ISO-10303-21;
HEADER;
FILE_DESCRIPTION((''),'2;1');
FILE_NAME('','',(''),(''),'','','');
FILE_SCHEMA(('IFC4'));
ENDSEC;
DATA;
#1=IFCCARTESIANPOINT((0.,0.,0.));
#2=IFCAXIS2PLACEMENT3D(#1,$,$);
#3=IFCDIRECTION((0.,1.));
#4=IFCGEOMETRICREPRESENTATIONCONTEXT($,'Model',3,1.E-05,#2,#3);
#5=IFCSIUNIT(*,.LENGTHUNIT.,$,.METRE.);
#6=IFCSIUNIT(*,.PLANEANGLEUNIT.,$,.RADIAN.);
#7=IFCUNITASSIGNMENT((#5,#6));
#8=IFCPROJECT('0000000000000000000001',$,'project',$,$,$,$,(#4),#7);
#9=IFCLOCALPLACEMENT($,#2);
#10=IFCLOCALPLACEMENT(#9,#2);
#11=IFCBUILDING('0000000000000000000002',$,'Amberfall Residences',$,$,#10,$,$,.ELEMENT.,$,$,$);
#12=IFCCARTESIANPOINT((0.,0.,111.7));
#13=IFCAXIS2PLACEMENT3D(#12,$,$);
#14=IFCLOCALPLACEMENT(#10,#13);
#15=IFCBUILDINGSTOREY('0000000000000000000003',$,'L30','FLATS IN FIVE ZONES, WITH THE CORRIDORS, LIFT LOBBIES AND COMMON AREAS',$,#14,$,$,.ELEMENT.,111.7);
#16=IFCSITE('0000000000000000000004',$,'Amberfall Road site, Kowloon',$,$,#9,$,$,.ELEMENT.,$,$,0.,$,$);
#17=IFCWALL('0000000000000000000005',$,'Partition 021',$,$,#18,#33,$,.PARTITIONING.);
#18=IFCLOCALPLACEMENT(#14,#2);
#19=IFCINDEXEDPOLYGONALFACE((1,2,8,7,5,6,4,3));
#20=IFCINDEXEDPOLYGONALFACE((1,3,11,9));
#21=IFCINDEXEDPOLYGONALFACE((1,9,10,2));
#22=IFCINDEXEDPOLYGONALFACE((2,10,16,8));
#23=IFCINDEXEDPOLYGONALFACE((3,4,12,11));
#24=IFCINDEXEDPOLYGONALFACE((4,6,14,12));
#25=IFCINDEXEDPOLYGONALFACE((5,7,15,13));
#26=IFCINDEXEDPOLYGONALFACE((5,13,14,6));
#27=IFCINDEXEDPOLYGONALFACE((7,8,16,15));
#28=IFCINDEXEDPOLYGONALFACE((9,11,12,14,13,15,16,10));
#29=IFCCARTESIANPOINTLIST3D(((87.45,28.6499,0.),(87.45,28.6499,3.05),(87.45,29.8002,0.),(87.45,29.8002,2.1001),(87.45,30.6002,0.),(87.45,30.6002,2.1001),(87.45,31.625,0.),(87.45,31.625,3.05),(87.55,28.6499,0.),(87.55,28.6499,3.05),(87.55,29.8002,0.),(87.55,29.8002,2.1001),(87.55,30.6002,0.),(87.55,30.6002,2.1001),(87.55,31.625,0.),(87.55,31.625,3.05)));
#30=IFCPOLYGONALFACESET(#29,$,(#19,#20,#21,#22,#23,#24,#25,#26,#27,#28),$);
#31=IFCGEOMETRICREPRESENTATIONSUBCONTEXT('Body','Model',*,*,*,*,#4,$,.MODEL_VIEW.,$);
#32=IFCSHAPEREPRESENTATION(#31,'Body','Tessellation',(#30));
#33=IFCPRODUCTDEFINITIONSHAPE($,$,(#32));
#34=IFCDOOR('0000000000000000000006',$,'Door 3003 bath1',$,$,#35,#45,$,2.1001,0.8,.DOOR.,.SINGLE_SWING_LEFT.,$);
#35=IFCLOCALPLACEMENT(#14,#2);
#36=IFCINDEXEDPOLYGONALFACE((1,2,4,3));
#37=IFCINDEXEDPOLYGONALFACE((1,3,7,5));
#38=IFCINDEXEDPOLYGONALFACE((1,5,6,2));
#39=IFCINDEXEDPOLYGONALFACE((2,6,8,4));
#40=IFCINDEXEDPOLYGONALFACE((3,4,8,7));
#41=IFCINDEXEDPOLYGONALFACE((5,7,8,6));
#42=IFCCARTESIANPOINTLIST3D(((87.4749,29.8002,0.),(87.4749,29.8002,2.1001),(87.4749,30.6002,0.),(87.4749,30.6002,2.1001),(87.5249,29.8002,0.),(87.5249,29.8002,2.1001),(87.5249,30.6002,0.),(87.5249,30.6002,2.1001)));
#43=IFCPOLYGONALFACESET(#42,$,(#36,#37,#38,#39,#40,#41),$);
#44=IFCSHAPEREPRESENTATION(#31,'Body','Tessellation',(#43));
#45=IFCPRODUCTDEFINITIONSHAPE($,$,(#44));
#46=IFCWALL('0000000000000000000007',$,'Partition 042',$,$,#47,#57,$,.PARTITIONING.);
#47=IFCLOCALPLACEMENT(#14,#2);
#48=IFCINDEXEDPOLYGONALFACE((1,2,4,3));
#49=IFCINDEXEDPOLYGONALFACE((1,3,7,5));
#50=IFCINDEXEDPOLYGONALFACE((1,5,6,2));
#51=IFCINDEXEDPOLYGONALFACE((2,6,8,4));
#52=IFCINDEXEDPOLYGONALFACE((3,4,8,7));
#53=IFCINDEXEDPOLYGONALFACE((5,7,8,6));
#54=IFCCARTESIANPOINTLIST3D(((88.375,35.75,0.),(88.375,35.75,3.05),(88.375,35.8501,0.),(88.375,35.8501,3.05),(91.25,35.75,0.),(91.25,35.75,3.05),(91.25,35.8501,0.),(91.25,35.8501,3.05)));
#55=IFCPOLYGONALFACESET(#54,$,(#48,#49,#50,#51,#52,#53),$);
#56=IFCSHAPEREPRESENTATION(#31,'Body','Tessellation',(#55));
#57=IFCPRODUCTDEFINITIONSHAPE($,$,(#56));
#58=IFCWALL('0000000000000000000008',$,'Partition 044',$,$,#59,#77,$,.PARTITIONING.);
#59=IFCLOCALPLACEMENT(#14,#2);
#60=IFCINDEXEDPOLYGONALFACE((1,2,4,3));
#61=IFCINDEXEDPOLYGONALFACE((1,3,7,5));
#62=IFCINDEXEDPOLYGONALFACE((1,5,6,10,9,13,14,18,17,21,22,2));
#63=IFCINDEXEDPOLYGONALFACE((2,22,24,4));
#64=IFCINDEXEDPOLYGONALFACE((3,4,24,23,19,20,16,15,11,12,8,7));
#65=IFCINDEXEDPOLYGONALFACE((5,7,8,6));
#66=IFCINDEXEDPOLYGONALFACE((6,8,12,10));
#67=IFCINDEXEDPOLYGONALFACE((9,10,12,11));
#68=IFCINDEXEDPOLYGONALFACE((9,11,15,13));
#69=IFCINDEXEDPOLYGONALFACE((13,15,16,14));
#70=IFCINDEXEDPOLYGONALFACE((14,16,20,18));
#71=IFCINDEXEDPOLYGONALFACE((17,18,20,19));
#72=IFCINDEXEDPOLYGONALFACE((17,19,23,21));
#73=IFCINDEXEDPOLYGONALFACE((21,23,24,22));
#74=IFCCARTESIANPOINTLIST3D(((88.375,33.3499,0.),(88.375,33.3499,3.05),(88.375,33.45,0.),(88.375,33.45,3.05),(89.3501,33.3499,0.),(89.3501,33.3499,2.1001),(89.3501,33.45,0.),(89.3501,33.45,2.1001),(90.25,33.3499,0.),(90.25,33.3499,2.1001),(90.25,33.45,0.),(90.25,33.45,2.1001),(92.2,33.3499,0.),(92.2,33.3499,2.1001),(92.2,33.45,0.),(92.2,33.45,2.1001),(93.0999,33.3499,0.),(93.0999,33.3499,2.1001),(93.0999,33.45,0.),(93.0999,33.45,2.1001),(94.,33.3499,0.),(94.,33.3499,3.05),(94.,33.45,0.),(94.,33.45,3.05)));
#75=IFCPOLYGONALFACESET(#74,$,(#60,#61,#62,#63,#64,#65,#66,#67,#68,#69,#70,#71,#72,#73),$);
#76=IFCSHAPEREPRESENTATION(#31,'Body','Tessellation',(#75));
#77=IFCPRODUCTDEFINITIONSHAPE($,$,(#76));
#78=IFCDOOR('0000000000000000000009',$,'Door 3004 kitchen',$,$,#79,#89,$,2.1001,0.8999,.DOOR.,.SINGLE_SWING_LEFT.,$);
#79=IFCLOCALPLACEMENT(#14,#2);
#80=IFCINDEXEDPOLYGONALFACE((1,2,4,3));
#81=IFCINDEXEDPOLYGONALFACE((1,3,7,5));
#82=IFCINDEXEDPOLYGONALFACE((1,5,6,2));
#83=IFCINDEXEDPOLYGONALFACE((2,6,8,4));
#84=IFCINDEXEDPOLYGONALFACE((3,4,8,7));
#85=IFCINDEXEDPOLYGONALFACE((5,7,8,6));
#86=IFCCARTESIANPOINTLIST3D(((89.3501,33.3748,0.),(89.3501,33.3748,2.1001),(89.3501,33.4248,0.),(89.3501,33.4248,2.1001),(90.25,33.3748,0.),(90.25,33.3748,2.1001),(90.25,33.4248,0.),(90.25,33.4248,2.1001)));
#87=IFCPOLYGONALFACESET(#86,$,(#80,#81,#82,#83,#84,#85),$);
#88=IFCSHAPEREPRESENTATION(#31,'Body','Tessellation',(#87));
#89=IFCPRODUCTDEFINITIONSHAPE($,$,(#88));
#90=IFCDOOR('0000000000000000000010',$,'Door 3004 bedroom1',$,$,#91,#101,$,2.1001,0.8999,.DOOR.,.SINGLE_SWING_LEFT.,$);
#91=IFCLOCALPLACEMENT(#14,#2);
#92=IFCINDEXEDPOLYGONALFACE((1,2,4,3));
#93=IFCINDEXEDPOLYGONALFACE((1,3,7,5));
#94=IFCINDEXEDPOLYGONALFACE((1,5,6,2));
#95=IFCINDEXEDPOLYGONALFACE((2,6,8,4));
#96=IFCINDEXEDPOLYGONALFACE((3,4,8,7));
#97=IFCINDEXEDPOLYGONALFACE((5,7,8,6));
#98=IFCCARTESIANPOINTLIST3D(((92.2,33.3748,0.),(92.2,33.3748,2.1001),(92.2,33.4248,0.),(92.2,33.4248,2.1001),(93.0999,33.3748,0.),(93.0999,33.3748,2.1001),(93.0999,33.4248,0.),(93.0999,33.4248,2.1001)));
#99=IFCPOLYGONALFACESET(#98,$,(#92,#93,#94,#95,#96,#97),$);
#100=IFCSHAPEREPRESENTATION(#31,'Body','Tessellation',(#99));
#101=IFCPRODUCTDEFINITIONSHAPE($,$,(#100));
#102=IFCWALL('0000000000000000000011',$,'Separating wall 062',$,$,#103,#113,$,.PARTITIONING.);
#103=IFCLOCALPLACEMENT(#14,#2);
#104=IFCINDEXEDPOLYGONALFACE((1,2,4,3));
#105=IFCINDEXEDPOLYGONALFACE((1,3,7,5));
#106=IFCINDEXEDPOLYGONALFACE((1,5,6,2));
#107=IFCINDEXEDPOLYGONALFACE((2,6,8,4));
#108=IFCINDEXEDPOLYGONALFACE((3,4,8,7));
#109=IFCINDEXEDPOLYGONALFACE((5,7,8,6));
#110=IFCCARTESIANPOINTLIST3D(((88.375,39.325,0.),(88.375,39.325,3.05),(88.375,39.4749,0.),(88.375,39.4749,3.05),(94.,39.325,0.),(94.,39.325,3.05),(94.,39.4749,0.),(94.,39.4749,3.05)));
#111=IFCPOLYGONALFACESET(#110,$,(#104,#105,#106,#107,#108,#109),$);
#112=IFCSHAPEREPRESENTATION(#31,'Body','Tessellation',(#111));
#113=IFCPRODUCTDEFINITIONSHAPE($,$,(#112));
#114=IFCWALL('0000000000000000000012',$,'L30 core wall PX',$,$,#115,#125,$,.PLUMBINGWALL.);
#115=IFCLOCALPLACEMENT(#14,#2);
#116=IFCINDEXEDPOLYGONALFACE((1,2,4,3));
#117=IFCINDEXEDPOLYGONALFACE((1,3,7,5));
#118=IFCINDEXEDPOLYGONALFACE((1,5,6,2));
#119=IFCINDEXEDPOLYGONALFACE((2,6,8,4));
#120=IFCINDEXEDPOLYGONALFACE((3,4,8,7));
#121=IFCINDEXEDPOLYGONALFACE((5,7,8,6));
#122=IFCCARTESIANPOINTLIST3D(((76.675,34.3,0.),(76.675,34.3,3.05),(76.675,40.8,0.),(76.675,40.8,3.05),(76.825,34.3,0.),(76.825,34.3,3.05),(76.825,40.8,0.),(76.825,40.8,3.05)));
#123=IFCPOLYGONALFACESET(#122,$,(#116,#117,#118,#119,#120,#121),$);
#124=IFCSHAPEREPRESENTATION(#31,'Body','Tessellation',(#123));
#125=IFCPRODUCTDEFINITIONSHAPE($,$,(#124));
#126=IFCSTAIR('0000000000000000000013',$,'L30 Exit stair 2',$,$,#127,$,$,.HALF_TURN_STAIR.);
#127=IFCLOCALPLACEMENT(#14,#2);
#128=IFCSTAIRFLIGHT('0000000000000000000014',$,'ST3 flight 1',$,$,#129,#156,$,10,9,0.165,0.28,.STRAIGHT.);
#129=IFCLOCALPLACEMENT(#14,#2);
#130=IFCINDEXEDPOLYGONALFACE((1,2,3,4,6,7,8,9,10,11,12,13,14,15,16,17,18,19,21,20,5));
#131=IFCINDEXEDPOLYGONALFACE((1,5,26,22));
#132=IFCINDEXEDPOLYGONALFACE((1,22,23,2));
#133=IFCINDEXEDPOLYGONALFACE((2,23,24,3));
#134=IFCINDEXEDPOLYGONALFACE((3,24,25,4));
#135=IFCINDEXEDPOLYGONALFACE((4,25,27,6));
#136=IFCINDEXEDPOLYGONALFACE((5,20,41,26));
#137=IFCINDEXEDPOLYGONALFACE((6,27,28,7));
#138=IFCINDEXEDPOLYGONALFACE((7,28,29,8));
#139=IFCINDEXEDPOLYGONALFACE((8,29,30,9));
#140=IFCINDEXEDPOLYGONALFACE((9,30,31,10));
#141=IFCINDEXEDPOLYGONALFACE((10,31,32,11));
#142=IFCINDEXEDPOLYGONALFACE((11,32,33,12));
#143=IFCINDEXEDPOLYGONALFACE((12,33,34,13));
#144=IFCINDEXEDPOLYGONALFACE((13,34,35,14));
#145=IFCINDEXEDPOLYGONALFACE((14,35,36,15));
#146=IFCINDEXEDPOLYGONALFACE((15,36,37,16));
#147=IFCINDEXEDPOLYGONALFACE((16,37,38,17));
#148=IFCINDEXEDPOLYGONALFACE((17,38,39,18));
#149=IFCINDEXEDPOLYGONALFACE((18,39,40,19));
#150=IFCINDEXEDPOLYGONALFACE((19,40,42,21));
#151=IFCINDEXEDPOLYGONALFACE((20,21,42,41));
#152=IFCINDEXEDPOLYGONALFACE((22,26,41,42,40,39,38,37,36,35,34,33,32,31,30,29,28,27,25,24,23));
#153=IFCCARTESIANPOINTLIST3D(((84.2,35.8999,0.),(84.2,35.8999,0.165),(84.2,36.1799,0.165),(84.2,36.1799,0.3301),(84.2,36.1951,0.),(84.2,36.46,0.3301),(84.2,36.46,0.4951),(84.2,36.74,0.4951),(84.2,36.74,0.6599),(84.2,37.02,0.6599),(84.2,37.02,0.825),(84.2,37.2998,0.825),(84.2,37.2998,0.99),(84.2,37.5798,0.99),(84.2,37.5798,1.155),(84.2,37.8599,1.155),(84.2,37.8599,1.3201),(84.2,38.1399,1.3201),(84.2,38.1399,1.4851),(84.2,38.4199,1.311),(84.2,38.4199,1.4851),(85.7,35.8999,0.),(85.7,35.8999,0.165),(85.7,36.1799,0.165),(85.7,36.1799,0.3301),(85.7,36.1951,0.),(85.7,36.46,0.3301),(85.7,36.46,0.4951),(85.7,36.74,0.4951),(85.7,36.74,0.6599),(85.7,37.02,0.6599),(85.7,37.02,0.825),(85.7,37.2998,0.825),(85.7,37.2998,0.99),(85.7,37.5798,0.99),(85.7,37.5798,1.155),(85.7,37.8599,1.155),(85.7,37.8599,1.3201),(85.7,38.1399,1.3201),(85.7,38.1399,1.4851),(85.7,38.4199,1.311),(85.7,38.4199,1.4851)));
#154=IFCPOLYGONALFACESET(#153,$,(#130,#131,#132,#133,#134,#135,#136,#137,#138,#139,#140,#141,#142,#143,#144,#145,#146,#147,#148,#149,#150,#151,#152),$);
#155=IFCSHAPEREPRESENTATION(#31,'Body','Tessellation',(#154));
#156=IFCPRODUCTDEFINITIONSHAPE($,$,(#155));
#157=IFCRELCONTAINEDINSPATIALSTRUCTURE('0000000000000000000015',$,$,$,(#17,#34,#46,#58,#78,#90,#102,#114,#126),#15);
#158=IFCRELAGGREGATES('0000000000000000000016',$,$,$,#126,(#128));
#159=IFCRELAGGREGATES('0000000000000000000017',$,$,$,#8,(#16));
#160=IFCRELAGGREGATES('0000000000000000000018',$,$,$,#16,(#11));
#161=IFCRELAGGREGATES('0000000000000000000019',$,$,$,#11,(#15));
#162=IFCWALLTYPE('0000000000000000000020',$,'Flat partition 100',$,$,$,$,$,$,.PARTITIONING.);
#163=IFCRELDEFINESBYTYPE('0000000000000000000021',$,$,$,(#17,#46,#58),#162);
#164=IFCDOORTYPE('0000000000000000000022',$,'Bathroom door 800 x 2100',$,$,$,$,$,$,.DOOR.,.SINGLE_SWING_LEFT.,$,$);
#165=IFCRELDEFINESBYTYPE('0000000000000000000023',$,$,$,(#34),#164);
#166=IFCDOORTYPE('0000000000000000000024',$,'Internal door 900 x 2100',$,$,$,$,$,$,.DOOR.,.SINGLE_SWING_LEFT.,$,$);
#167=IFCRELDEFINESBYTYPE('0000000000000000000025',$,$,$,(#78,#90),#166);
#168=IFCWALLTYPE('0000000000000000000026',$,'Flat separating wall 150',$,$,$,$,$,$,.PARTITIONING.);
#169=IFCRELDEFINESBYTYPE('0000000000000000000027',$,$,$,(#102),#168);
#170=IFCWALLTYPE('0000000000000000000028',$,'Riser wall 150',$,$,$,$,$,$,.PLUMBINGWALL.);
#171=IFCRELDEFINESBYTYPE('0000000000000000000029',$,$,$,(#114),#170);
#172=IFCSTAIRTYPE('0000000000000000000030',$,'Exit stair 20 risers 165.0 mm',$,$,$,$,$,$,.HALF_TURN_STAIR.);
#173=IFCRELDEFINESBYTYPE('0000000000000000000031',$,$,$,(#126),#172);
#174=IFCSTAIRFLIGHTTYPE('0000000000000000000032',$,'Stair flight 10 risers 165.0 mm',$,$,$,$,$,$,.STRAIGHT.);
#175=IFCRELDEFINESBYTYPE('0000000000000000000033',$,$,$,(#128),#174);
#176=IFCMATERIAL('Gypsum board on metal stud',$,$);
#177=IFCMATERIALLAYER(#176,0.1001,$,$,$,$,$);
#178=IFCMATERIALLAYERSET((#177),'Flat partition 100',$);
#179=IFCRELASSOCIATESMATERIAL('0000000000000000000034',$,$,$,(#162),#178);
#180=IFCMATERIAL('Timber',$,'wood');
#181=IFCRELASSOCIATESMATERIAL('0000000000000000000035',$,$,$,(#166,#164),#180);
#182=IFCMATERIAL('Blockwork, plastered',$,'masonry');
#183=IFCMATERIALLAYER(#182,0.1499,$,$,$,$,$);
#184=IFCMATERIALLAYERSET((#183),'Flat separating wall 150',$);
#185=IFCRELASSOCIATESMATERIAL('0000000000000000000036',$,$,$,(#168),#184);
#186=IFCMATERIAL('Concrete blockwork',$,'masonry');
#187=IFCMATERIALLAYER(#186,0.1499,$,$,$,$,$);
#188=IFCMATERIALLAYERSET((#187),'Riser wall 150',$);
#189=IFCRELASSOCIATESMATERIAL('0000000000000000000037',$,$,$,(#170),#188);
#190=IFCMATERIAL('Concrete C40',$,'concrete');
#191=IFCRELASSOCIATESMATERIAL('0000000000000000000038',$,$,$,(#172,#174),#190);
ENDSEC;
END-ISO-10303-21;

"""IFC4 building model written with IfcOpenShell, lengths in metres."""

from ifc_helpers import new_model, si_unit, direction, frame, frame_2d, origin, place, context, subcontext, project, spatial, polyline, rectangle, outline, extrude, material, layer, layer_set, type_object, element, fill, aggregate, save


model = new_model("IFC4")

# Units and contexts
model_context = context("Model", 3, precision=1e-05, world=origin(), true_north=direction((0.0, 1.0)))
body_context = subcontext(model_context, "Body", "Model", "MODEL_VIEW")
ifc_project = project(units=[si_unit("LENGTHUNIT", "METRE"), si_unit("PLANEANGLEUNIT", "RADIAN")], contexts=[model_context])

# Site, building, storey
site_placement = place(None, origin())
site = spatial("IfcSite", under=ifc_project, at=site_placement, Name="Amberfall Road site, Kowloon", CompositionType="ELEMENT", RefElevation=0.0)
building_placement = place(site_placement, origin())
building = spatial("IfcBuilding", under=site, at=building_placement, Name="Amberfall Residences", CompositionType="ELEMENT")
storey_placement = place(building_placement, frame((0.0, 0.0, 111.7)))
storey = spatial("IfcBuildingStorey", under=building, at=storey_placement, Name="L30", Description="FLATS IN FIVE ZONES, WITH THE CORRIDORS, LIFT LOBBIES AND COMMON AREAS", CompositionType="ELEMENT", Elevation=111.7)

# Wall, opening, door
ifc_material_1 = material(Name="Gypsum board on metal stud")
ifc_layer_1 = layer(ifc_material_1, 0.1001)
ifc_layer_set_1 = layer_set([ifc_layer_1], Name="Flat partition 100")
wall_type_1 = type_object("IfcWallType", Name="Flat partition 100", PredefinedType="PARTITIONING", material=ifc_layer_set_1)
ifc_material_2 = material(Name="Timber", Category="wood")
door_type_1 = type_object("IfcDoorType", Name="Internal door 900 x 2100", OperationType="SINGLE_SWING_LEFT", PredefinedType="DOOR", material=ifc_material_2)
wall_1_placement = place(storey_placement, frame((87.5, 31.625, 0.0), z_axis=(0.0, 0.0, 1.0), x_axis=(0.0, -1.0, 0.0)))
wall_1 = element("IfcWall", 1, at=wall_1_placement, inside=storey, type_object=wall_type_1, Name="Partition 021", PredefinedType="PARTITIONING", context=body_context, shape_type="SweptSolid", body=[
    extrude(rectangle(XDim=2.9751, YDim=0.1001, at=frame_2d((1.4875, 0.0))), origin(), (0.0, 0.0, 1.0), 3.05),
])
opening_1_placement = place(wall_1_placement, frame((1.0249, 0.0, 0.0)))
opening_1 = element("IfcOpeningElement", 2, at=opening_1_placement, cuts=wall_1, PredefinedType="OPENING", context=body_context, shape_type="SweptSolid", body=[
    extrude(rectangle(XDim=0.8, YDim=2.1001, at=frame_2d((0.3999, 1.05))), frame((0.0, 0.0601, 0.0), z_axis=(0.0, -1.0, 0.0), x_axis=(1.0, 0.0, 0.0)), (0.0, 0.0, 1.0), 0.1201),
])
door_type_2 = type_object("IfcDoorType", Name="Bathroom door 800 x 2100", OperationType="SINGLE_SWING_LEFT", PredefinedType="DOOR", material=ifc_material_2)
door_1_placement = place(opening_1_placement, origin())
door_1 = element("IfcDoor", 3, at=door_1_placement, inside=storey, type_object=door_type_2, Name="Door 3003 bath1", OperationType="SINGLE_SWING_LEFT", OverallHeight=2.1001, OverallWidth=0.8, PredefinedType="DOOR", context=body_context, shape_type="SweptSolid", body=[
    extrude(rectangle(XDim=0.8, YDim=2.1001, at=frame_2d((0.3999, 1.05))), frame((0.0, 0.0249, 0.0), z_axis=(0.0, -1.0, 0.0), x_axis=(1.0, 0.0, 0.0)), (0.0, 0.0, 1.0), 0.05),
])
fill(opening_1, door_1)

# Wall
wall_2_placement = place(storey_placement, frame((88.375, 35.8, 0.0), z_axis=(0.0, 0.0, 1.0), x_axis=(1.0, 0.0, 0.0)))
element("IfcWall", 4, at=wall_2_placement, inside=storey, type_object=wall_type_1, Name="Partition 042", PredefinedType="PARTITIONING", context=body_context, shape_type="SweptSolid", body=[
    extrude(rectangle(XDim=2.875, YDim=0.1001, at=frame_2d((1.4375, 0.0))), origin(), (0.0, 0.0, 1.0), 3.05),
])

# Wall, openings, doors
wall_3_placement = place(storey_placement, frame((88.375, 33.3999, 0.0), z_axis=(0.0, 0.0, 1.0), x_axis=(1.0, 0.0, 0.0)))
wall_3 = element("IfcWall", 5, at=wall_3_placement, inside=storey, type_object=wall_type_1, Name="Partition 044", PredefinedType="PARTITIONING", context=body_context, shape_type="SweptSolid", body=[
    extrude(rectangle(XDim=5.625, YDim=0.1001, at=frame_2d((2.8125, 0.0))), origin(), (0.0, 0.0, 1.0), 3.05),
])
opening_2_placement = place(wall_3_placement, frame((0.9751, 0.0, 0.0)))
opening_2 = element("IfcOpeningElement", 6, at=opening_2_placement, cuts=wall_3, PredefinedType="OPENING", context=body_context, shape_type="SweptSolid", body=[
    extrude(rectangle(XDim=0.8999, YDim=2.1001, at=frame_2d((0.45, 1.05))), frame((0.0, 0.0601, 0.0), z_axis=(0.0, -1.0, 0.0), x_axis=(1.0, 0.0, 0.0)), (0.0, 0.0, 1.0), 0.1201),
])
opening_3_placement = place(wall_3_placement, frame((3.825, 0.0, 0.0)))
opening_3 = element("IfcOpeningElement", 7, at=opening_3_placement, cuts=wall_3, PredefinedType="OPENING", context=body_context, shape_type="SweptSolid", body=[
    extrude(rectangle(XDim=0.8999, YDim=2.1001, at=frame_2d((0.45, 1.05))), frame((0.0, 0.0601, 0.0), z_axis=(0.0, -1.0, 0.0), x_axis=(1.0, 0.0, 0.0)), (0.0, 0.0, 1.0), 0.1201),
])
door_2_placement = place(opening_2_placement, origin())
door_2 = element("IfcDoor", 8, at=door_2_placement, inside=storey, type_object=door_type_1, Name="Door 3004 kitchen", OperationType="SINGLE_SWING_LEFT", OverallHeight=2.1001, OverallWidth=0.8999, PredefinedType="DOOR", context=body_context, shape_type="SweptSolid", body=[
    extrude(rectangle(XDim=0.8999, YDim=2.1001, at=frame_2d((0.45, 1.05))), frame((0.0, 0.0249, 0.0), z_axis=(0.0, -1.0, 0.0), x_axis=(1.0, 0.0, 0.0)), (0.0, 0.0, 1.0), 0.05),
])
fill(opening_2, door_2)
door_3_placement = place(opening_3_placement, origin())
door_3 = element("IfcDoor", 9, at=door_3_placement, inside=storey, type_object=door_type_1, Name="Door 3004 bedroom1", OperationType="SINGLE_SWING_LEFT", OverallHeight=2.1001, OverallWidth=0.8999, PredefinedType="DOOR", context=body_context, shape_type="SweptSolid", body=[
    extrude(rectangle(XDim=0.8999, YDim=2.1001, at=frame_2d((0.45, 1.05))), frame((0.0, 0.0249, 0.0), z_axis=(0.0, -1.0, 0.0), x_axis=(1.0, 0.0, 0.0)), (0.0, 0.0, 1.0), 0.05),
])
fill(opening_3, door_3)

# Walls
ifc_material_3 = material(Name="Blockwork, plastered", Category="masonry")
ifc_layer_2 = layer(ifc_material_3, 0.1499)
ifc_layer_set_2 = layer_set([ifc_layer_2], Name="Flat separating wall 150")
wall_type_2 = type_object("IfcWallType", Name="Flat separating wall 150", PredefinedType="PARTITIONING", material=ifc_layer_set_2)
wall_4_placement = place(storey_placement, frame((88.375, 39.3999, 0.0), z_axis=(0.0, 0.0, 1.0), x_axis=(1.0, 0.0, 0.0)))
element("IfcWall", 10, at=wall_4_placement, inside=storey, type_object=wall_type_2, Name="Separating wall 062", PredefinedType="PARTITIONING", context=body_context, shape_type="SweptSolid", body=[
    extrude(rectangle(XDim=5.625, YDim=0.1499, at=frame_2d((2.8125, 0.0))), origin(), (0.0, 0.0, 1.0), 3.05),
])
ifc_material_4 = material(Name="Concrete blockwork", Category="masonry")
ifc_layer_3 = layer(ifc_material_4, 0.1499)
ifc_layer_set_3 = layer_set([ifc_layer_3], Name="Riser wall 150")
wall_type_3 = type_object("IfcWallType", Name="Riser wall 150", PredefinedType="PLUMBINGWALL", material=ifc_layer_set_3)
wall_5_placement = place(storey_placement, frame((76.75, 34.3, 0.0), z_axis=(0.0, 0.0, 1.0), x_axis=(0.0, 1.0, 0.0)))
element("IfcWall", 11, at=wall_5_placement, inside=storey, type_object=wall_type_3, Name="L30 core wall PX", PredefinedType="PLUMBINGWALL", context=body_context, shape_type="SweptSolid", body=[
    extrude(rectangle(XDim=6.5, YDim=0.1499, at=frame_2d((3.25, 0.0))), origin(), (0.0, 0.0, 1.0), 3.05),
])

# Stair, stair flight
ifc_material_5 = material(Name="Concrete C40", Category="concrete")
stair_type = type_object("IfcStairType", Name="Exit stair 20 risers 165.0 mm", PredefinedType="HALF_TURN_STAIR", material=ifc_material_5)
stair_placement = place(storey_placement, origin())
stair = element("IfcStair", 12, at=stair_placement, inside=storey, type_object=stair_type, Name="L30 Exit stair 2", PredefinedType="HALF_TURN_STAIR")
stair_flight_type = type_object("IfcStairFlightType", Name="Stair flight 10 risers 165.0 mm", PredefinedType="STRAIGHT", material=ifc_material_5)
stair_flight_1_placement = place(storey_placement, frame((84.95, 35.8999, 0.0), z_axis=(0.0, 0.0, 1.0), x_axis=(0.0, 1.0, 0.0)))
stair_flight_1 = element("IfcStairFlight", 13, at=stair_flight_1_placement, type_object=stair_flight_type, Name="ST3 flight 1", NumberOfRisers=10, NumberOfTreads=9, PredefinedType="STRAIGHT", RiserHeight=0.165, TreadLength=0.28, context=body_context, shape_type="SweptSolid", body=[
    extrude(outline(polyline([(0.0, 0.0), (0.0, 0.165), (0.28, 0.165), (0.28, 0.3301), (0.5601, 0.3301), (0.5601, 0.4951), (0.8401, 0.4951), (0.8401, 0.6599), (1.1201, 0.6599), (1.1201, 0.825), (1.3999, 0.825), (1.3999, 0.99), (1.6799, 0.99), (1.6799, 1.155), (1.96, 1.155), (1.96, 1.3201), (2.24, 1.3201), (2.24, 1.4851), (2.52, 1.4851), (2.52, 1.6499), (2.52, 1.311), (0.2952, 0.0), (0.0, 0.0)])), frame((0.0, 0.75, 0.0), z_axis=(0.0, -1.0, 0.0), x_axis=(1.0, 0.0, 0.0)), (0.0, 0.0, 1.0), 1.5),
])
aggregate(stair, [stair_flight_1])

save(model, "model.ifc")
